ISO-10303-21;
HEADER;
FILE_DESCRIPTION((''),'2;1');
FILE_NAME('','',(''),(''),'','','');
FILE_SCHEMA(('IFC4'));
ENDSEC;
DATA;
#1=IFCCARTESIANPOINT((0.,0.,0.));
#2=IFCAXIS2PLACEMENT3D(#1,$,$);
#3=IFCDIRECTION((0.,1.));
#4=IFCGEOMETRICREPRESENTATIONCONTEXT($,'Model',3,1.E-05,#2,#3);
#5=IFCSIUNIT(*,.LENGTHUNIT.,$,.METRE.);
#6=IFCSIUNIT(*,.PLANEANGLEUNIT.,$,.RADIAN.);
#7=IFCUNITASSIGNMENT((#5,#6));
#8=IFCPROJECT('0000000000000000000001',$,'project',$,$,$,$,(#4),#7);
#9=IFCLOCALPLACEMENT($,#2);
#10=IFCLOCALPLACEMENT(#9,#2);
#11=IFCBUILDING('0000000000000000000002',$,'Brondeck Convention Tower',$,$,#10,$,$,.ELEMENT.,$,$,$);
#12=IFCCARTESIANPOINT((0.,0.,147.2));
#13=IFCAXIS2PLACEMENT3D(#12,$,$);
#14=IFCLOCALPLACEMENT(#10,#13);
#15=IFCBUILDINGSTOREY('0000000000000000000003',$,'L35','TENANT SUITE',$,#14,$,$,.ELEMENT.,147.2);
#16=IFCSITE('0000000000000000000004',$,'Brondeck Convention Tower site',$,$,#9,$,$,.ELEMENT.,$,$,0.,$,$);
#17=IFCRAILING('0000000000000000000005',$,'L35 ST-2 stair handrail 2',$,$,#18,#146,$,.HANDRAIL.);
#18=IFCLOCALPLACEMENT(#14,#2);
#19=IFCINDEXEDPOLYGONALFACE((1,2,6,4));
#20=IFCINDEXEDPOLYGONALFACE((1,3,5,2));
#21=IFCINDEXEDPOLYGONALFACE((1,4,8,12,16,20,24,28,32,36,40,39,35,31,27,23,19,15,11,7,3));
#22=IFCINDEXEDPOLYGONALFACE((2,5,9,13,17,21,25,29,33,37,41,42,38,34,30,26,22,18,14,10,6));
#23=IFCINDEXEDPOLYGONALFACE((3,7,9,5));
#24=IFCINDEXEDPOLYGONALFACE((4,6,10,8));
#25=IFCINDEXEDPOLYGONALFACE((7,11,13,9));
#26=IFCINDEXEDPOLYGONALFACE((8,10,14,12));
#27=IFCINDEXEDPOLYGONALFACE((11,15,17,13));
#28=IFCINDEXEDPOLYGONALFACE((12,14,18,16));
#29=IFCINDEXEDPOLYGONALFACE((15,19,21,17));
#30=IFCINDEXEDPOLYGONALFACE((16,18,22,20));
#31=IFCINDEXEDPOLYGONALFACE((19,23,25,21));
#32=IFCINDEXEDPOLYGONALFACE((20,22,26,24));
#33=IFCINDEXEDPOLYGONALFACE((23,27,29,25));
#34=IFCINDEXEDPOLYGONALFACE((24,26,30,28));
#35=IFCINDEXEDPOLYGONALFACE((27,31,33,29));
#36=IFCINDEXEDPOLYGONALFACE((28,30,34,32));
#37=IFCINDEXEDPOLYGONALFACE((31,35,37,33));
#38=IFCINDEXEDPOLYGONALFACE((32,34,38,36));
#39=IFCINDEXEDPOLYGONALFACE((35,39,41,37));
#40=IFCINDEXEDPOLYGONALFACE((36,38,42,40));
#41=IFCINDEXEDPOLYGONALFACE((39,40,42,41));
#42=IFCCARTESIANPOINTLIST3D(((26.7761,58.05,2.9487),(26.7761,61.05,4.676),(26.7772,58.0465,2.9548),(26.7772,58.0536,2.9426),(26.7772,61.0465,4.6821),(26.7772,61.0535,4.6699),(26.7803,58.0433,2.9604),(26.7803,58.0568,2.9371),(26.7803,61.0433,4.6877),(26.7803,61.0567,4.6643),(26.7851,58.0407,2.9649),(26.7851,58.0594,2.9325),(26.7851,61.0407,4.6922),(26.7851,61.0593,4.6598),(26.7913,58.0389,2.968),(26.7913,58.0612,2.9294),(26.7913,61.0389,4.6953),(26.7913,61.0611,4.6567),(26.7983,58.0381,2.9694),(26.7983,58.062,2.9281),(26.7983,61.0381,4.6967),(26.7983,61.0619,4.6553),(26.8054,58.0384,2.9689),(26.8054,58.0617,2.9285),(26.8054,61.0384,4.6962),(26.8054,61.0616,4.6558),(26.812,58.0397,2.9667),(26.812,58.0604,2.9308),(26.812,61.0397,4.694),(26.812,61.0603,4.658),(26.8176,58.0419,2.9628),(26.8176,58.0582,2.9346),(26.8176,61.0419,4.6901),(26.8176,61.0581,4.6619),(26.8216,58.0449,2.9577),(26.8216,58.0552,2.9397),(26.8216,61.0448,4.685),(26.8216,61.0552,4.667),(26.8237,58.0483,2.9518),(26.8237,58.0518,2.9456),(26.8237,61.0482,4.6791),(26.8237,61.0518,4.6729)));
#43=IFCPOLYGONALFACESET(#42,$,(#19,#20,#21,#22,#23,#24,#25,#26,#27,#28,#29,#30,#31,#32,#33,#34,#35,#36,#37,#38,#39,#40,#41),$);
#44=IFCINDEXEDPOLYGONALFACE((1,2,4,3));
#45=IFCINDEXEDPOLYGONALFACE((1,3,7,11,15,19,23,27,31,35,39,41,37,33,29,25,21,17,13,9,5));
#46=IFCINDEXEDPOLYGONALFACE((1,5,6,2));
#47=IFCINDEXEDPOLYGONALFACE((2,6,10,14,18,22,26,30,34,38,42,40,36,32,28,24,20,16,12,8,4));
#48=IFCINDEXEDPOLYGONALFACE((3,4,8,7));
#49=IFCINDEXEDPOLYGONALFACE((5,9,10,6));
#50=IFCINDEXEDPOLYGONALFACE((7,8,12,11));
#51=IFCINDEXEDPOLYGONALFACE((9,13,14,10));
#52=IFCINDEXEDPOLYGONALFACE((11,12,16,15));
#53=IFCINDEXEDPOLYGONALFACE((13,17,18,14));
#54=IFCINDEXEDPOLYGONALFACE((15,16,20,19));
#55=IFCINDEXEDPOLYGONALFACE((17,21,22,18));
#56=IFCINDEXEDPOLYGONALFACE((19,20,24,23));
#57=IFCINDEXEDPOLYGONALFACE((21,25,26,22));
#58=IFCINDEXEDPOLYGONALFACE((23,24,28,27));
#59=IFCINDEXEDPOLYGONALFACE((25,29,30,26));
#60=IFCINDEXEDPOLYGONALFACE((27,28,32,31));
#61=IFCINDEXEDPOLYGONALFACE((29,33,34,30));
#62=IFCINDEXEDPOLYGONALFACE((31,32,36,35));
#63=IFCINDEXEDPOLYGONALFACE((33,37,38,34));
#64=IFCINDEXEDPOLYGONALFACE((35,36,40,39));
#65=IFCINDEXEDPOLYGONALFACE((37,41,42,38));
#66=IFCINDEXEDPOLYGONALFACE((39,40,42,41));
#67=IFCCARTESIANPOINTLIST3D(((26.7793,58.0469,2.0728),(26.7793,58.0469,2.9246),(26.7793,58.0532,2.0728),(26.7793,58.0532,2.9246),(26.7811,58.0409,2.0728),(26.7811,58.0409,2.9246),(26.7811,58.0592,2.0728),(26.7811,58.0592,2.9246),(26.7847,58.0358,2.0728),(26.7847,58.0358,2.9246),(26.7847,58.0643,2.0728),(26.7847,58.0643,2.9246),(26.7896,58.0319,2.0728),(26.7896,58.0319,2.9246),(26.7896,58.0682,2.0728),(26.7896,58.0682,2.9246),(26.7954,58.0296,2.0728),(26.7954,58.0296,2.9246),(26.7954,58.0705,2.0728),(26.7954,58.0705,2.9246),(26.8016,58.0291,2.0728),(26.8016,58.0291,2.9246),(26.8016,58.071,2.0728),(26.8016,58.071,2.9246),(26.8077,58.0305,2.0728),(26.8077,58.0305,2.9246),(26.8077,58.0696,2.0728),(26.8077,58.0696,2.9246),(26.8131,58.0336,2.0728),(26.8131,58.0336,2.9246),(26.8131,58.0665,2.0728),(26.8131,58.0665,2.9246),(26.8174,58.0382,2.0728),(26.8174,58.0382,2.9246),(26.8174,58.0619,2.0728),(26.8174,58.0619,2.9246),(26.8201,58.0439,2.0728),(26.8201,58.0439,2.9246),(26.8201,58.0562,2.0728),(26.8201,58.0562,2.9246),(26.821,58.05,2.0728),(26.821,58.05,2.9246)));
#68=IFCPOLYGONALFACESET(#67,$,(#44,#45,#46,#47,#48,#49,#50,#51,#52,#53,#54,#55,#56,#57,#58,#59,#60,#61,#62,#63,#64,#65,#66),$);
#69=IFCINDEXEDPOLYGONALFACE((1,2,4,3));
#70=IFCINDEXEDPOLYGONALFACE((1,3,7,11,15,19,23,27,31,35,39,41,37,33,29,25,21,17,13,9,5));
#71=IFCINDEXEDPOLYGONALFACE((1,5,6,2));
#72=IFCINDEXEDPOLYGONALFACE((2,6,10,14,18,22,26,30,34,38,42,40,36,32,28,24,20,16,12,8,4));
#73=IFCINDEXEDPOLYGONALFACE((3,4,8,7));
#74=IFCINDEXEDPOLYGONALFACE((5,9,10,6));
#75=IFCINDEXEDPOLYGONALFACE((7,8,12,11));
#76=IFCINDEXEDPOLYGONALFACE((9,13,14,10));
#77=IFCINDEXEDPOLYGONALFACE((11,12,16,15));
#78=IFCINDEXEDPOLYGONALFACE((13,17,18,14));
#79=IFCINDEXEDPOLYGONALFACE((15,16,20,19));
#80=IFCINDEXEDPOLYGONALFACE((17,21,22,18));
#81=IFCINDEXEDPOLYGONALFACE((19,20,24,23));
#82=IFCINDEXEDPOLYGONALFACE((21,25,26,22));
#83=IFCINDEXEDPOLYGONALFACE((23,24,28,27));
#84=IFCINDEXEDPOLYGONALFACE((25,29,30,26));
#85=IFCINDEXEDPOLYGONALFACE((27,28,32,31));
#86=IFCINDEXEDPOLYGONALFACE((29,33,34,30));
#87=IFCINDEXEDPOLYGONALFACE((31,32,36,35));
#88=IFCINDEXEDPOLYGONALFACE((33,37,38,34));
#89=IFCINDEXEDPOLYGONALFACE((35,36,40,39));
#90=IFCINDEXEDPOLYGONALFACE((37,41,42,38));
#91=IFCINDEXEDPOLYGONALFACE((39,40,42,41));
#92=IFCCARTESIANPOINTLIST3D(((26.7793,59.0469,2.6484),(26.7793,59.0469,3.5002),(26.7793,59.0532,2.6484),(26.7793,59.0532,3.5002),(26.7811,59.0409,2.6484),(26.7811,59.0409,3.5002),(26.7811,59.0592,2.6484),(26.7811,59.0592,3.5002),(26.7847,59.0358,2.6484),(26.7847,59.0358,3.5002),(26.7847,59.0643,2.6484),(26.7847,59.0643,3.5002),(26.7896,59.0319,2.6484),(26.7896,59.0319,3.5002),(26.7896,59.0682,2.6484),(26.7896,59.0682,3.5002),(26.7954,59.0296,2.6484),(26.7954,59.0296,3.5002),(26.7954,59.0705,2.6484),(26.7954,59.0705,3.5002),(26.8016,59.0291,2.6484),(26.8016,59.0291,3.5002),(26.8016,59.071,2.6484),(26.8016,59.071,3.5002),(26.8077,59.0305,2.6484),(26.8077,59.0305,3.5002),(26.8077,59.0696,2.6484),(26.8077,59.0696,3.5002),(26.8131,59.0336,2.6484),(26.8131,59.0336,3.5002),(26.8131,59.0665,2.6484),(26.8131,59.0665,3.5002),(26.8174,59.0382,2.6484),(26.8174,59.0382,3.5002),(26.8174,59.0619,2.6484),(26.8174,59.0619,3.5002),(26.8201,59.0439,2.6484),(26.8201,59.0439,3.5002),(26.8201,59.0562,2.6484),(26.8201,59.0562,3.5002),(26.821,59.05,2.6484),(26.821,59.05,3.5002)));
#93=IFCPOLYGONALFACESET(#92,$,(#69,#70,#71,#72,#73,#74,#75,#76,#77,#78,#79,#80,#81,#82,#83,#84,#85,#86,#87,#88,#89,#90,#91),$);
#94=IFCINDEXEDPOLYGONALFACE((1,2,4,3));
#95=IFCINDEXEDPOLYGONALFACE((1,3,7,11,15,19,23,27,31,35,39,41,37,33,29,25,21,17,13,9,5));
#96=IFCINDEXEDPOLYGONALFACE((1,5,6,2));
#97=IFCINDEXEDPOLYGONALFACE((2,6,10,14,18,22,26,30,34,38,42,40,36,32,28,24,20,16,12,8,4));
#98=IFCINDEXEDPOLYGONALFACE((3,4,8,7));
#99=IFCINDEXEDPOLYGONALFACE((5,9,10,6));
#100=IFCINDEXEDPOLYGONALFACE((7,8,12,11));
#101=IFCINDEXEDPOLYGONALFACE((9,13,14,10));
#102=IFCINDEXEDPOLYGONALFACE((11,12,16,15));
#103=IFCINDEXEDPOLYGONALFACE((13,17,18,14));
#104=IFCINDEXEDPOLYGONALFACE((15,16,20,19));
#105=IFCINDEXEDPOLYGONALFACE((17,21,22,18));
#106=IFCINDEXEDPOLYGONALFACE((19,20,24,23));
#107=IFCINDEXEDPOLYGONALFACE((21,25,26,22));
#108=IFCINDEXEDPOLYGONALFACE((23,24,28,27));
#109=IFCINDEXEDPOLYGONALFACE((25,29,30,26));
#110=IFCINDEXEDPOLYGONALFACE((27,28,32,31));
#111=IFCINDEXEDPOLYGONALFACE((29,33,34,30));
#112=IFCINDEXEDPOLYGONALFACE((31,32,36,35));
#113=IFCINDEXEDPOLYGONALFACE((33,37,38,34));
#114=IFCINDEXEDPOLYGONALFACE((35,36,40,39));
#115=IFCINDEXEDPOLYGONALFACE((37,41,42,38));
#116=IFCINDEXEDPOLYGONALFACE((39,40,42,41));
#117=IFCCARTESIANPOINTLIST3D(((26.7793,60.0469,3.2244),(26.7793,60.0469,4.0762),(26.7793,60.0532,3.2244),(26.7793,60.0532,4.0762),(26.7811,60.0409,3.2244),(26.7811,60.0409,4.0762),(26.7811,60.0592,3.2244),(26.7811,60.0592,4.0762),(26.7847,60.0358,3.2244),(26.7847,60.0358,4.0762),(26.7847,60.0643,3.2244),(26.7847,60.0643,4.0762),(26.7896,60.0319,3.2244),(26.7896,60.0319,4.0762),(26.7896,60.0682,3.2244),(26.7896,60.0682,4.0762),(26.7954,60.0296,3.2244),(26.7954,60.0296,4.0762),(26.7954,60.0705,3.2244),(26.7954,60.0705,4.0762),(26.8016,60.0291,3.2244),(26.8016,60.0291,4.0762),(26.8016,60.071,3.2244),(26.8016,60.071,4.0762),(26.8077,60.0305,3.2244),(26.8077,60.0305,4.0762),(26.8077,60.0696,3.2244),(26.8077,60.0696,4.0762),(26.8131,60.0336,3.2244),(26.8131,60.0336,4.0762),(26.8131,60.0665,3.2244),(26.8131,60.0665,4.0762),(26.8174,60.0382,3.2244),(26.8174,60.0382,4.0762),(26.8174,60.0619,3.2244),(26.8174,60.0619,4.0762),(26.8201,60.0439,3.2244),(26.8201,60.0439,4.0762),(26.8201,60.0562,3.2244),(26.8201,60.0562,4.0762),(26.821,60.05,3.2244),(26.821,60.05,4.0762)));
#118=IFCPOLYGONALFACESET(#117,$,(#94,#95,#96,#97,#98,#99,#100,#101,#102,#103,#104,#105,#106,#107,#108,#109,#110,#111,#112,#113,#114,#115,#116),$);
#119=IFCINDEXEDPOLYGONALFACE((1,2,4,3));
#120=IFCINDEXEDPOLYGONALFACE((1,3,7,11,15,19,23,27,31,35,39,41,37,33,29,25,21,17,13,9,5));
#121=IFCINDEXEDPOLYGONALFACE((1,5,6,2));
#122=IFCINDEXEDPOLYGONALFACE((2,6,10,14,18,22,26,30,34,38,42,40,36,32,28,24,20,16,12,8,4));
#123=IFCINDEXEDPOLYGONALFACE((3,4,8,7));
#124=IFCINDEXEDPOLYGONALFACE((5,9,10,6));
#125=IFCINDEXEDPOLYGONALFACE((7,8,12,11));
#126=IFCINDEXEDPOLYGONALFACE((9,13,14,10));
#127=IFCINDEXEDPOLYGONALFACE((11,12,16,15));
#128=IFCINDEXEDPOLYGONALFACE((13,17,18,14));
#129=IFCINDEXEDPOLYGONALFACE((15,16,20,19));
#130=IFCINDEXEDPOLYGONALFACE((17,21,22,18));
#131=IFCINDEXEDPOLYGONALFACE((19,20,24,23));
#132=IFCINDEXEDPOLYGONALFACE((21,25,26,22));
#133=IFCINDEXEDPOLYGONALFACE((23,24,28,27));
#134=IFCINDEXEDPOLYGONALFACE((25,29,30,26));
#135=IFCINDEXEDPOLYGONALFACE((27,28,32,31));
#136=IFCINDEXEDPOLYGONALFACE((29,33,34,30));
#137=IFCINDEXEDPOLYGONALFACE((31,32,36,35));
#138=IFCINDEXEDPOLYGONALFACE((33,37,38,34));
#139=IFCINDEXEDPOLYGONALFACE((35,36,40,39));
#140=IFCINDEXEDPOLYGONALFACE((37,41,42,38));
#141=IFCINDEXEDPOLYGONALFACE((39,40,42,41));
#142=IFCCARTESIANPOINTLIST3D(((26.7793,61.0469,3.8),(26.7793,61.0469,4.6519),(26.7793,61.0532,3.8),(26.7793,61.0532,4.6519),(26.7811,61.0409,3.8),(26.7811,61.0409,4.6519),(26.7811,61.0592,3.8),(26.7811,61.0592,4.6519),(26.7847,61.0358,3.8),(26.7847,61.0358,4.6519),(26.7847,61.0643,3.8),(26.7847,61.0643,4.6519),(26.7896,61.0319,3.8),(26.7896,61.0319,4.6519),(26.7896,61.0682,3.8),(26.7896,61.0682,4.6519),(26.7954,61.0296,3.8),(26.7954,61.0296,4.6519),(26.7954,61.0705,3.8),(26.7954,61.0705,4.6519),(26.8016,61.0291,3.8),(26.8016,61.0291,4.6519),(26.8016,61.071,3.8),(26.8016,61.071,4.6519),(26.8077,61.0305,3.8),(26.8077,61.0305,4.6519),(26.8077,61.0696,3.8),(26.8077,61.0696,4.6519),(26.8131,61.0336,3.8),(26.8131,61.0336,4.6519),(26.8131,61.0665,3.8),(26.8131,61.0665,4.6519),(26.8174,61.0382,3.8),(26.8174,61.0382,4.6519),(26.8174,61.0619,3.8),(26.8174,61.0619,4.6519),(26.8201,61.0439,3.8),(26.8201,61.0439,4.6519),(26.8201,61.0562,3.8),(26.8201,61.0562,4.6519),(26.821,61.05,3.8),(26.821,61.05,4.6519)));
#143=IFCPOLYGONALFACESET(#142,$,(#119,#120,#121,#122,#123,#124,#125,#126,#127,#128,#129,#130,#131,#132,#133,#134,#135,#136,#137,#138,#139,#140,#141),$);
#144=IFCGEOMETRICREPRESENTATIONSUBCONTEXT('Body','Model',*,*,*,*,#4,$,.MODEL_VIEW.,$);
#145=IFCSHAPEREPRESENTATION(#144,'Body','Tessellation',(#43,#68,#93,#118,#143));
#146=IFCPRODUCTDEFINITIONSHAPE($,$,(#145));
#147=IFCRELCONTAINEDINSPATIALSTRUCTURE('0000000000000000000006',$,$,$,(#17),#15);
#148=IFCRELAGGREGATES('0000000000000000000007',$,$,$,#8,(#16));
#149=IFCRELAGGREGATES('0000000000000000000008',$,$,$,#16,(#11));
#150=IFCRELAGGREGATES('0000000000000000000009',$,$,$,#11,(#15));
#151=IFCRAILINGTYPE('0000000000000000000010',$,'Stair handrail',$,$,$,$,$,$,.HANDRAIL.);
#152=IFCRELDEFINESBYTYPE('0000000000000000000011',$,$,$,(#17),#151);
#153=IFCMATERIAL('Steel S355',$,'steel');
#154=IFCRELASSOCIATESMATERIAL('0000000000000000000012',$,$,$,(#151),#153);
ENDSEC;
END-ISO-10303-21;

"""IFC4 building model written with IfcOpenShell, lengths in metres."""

from ifc_helpers import new_model, si_unit, direction, frame, origin, origin_2d, place, context, subcontext, project, spatial, circle, extrude, material, type_object, element, save


model = new_model("IFC4")

# Units and contexts
model_context = context("Model", 3, precision=1e-05, world=origin(), true_north=direction((0.0, 1.0)))
body_context = subcontext(model_context, "Body", "Model", "MODEL_VIEW")
ifc_project = project(units=[si_unit("LENGTHUNIT", "METRE"), si_unit("PLANEANGLEUNIT", "RADIAN")], contexts=[model_context])

# Site, building, storey
site_placement = place(None, origin())
site = spatial("IfcSite", under=ifc_project, at=site_placement, Name="Brondeck Convention Tower site", CompositionType="ELEMENT", RefElevation=0.0)
building_placement = place(site_placement, origin())
building = spatial("IfcBuilding", under=site, at=building_placement, Name="Brondeck Convention Tower", CompositionType="ELEMENT")
storey_placement = place(building_placement, frame((0.0, 0.0, 147.2)))
storey = spatial("IfcBuildingStorey", under=building, at=storey_placement, Name="L35", Description="TENANT SUITE", CompositionType="ELEMENT", Elevation=147.2)

# Railing
ifc_material_1 = material(Name="Steel S355", Category="steel")
railing_type_1 = type_object("IfcRailingType", Name="Stair handrail", PredefinedType="HANDRAIL", material=ifc_material_1)
railing_1_placement = place(storey_placement, frame((26.8, 58.05, 2.0728)))
element("IfcRailing", 1, at=railing_1_placement, inside=storey, type_object=railing_type_1, Name="L35 ST-2 stair handrail 2", PredefinedType="HANDRAIL", context=body_context, shape_type="SweptSolid", body=[
    extrude(circle(Radius=0.0239, at=origin_2d()), frame((0.0, 0.0, 0.876), z_axis=(0.0, 0.86662, 0.498969), x_axis=(-1.0, 0.0, 0.0)), (0.0, 0.0, 1.0), 3.4617),
    extrude(circle(Radius=0.021, at=origin_2d()), origin(), (0.0, 0.0, 1.0), 0.8518),
    extrude(circle(Radius=0.021, at=origin_2d()), frame((0.0, 1.0, 0.5757)), (0.0, 0.0, 1.0), 0.8518),
    extrude(circle(Radius=0.021, at=origin_2d()), frame((0.0, 2.0, 1.1516)), (0.0, 0.0, 1.0), 0.8518),
    extrude(circle(Radius=0.021, at=origin_2d()), frame((0.0, 3.0, 1.7273)), (0.0, 0.0, 1.0), 0.8518),
])

save(model, "model.ifc")
